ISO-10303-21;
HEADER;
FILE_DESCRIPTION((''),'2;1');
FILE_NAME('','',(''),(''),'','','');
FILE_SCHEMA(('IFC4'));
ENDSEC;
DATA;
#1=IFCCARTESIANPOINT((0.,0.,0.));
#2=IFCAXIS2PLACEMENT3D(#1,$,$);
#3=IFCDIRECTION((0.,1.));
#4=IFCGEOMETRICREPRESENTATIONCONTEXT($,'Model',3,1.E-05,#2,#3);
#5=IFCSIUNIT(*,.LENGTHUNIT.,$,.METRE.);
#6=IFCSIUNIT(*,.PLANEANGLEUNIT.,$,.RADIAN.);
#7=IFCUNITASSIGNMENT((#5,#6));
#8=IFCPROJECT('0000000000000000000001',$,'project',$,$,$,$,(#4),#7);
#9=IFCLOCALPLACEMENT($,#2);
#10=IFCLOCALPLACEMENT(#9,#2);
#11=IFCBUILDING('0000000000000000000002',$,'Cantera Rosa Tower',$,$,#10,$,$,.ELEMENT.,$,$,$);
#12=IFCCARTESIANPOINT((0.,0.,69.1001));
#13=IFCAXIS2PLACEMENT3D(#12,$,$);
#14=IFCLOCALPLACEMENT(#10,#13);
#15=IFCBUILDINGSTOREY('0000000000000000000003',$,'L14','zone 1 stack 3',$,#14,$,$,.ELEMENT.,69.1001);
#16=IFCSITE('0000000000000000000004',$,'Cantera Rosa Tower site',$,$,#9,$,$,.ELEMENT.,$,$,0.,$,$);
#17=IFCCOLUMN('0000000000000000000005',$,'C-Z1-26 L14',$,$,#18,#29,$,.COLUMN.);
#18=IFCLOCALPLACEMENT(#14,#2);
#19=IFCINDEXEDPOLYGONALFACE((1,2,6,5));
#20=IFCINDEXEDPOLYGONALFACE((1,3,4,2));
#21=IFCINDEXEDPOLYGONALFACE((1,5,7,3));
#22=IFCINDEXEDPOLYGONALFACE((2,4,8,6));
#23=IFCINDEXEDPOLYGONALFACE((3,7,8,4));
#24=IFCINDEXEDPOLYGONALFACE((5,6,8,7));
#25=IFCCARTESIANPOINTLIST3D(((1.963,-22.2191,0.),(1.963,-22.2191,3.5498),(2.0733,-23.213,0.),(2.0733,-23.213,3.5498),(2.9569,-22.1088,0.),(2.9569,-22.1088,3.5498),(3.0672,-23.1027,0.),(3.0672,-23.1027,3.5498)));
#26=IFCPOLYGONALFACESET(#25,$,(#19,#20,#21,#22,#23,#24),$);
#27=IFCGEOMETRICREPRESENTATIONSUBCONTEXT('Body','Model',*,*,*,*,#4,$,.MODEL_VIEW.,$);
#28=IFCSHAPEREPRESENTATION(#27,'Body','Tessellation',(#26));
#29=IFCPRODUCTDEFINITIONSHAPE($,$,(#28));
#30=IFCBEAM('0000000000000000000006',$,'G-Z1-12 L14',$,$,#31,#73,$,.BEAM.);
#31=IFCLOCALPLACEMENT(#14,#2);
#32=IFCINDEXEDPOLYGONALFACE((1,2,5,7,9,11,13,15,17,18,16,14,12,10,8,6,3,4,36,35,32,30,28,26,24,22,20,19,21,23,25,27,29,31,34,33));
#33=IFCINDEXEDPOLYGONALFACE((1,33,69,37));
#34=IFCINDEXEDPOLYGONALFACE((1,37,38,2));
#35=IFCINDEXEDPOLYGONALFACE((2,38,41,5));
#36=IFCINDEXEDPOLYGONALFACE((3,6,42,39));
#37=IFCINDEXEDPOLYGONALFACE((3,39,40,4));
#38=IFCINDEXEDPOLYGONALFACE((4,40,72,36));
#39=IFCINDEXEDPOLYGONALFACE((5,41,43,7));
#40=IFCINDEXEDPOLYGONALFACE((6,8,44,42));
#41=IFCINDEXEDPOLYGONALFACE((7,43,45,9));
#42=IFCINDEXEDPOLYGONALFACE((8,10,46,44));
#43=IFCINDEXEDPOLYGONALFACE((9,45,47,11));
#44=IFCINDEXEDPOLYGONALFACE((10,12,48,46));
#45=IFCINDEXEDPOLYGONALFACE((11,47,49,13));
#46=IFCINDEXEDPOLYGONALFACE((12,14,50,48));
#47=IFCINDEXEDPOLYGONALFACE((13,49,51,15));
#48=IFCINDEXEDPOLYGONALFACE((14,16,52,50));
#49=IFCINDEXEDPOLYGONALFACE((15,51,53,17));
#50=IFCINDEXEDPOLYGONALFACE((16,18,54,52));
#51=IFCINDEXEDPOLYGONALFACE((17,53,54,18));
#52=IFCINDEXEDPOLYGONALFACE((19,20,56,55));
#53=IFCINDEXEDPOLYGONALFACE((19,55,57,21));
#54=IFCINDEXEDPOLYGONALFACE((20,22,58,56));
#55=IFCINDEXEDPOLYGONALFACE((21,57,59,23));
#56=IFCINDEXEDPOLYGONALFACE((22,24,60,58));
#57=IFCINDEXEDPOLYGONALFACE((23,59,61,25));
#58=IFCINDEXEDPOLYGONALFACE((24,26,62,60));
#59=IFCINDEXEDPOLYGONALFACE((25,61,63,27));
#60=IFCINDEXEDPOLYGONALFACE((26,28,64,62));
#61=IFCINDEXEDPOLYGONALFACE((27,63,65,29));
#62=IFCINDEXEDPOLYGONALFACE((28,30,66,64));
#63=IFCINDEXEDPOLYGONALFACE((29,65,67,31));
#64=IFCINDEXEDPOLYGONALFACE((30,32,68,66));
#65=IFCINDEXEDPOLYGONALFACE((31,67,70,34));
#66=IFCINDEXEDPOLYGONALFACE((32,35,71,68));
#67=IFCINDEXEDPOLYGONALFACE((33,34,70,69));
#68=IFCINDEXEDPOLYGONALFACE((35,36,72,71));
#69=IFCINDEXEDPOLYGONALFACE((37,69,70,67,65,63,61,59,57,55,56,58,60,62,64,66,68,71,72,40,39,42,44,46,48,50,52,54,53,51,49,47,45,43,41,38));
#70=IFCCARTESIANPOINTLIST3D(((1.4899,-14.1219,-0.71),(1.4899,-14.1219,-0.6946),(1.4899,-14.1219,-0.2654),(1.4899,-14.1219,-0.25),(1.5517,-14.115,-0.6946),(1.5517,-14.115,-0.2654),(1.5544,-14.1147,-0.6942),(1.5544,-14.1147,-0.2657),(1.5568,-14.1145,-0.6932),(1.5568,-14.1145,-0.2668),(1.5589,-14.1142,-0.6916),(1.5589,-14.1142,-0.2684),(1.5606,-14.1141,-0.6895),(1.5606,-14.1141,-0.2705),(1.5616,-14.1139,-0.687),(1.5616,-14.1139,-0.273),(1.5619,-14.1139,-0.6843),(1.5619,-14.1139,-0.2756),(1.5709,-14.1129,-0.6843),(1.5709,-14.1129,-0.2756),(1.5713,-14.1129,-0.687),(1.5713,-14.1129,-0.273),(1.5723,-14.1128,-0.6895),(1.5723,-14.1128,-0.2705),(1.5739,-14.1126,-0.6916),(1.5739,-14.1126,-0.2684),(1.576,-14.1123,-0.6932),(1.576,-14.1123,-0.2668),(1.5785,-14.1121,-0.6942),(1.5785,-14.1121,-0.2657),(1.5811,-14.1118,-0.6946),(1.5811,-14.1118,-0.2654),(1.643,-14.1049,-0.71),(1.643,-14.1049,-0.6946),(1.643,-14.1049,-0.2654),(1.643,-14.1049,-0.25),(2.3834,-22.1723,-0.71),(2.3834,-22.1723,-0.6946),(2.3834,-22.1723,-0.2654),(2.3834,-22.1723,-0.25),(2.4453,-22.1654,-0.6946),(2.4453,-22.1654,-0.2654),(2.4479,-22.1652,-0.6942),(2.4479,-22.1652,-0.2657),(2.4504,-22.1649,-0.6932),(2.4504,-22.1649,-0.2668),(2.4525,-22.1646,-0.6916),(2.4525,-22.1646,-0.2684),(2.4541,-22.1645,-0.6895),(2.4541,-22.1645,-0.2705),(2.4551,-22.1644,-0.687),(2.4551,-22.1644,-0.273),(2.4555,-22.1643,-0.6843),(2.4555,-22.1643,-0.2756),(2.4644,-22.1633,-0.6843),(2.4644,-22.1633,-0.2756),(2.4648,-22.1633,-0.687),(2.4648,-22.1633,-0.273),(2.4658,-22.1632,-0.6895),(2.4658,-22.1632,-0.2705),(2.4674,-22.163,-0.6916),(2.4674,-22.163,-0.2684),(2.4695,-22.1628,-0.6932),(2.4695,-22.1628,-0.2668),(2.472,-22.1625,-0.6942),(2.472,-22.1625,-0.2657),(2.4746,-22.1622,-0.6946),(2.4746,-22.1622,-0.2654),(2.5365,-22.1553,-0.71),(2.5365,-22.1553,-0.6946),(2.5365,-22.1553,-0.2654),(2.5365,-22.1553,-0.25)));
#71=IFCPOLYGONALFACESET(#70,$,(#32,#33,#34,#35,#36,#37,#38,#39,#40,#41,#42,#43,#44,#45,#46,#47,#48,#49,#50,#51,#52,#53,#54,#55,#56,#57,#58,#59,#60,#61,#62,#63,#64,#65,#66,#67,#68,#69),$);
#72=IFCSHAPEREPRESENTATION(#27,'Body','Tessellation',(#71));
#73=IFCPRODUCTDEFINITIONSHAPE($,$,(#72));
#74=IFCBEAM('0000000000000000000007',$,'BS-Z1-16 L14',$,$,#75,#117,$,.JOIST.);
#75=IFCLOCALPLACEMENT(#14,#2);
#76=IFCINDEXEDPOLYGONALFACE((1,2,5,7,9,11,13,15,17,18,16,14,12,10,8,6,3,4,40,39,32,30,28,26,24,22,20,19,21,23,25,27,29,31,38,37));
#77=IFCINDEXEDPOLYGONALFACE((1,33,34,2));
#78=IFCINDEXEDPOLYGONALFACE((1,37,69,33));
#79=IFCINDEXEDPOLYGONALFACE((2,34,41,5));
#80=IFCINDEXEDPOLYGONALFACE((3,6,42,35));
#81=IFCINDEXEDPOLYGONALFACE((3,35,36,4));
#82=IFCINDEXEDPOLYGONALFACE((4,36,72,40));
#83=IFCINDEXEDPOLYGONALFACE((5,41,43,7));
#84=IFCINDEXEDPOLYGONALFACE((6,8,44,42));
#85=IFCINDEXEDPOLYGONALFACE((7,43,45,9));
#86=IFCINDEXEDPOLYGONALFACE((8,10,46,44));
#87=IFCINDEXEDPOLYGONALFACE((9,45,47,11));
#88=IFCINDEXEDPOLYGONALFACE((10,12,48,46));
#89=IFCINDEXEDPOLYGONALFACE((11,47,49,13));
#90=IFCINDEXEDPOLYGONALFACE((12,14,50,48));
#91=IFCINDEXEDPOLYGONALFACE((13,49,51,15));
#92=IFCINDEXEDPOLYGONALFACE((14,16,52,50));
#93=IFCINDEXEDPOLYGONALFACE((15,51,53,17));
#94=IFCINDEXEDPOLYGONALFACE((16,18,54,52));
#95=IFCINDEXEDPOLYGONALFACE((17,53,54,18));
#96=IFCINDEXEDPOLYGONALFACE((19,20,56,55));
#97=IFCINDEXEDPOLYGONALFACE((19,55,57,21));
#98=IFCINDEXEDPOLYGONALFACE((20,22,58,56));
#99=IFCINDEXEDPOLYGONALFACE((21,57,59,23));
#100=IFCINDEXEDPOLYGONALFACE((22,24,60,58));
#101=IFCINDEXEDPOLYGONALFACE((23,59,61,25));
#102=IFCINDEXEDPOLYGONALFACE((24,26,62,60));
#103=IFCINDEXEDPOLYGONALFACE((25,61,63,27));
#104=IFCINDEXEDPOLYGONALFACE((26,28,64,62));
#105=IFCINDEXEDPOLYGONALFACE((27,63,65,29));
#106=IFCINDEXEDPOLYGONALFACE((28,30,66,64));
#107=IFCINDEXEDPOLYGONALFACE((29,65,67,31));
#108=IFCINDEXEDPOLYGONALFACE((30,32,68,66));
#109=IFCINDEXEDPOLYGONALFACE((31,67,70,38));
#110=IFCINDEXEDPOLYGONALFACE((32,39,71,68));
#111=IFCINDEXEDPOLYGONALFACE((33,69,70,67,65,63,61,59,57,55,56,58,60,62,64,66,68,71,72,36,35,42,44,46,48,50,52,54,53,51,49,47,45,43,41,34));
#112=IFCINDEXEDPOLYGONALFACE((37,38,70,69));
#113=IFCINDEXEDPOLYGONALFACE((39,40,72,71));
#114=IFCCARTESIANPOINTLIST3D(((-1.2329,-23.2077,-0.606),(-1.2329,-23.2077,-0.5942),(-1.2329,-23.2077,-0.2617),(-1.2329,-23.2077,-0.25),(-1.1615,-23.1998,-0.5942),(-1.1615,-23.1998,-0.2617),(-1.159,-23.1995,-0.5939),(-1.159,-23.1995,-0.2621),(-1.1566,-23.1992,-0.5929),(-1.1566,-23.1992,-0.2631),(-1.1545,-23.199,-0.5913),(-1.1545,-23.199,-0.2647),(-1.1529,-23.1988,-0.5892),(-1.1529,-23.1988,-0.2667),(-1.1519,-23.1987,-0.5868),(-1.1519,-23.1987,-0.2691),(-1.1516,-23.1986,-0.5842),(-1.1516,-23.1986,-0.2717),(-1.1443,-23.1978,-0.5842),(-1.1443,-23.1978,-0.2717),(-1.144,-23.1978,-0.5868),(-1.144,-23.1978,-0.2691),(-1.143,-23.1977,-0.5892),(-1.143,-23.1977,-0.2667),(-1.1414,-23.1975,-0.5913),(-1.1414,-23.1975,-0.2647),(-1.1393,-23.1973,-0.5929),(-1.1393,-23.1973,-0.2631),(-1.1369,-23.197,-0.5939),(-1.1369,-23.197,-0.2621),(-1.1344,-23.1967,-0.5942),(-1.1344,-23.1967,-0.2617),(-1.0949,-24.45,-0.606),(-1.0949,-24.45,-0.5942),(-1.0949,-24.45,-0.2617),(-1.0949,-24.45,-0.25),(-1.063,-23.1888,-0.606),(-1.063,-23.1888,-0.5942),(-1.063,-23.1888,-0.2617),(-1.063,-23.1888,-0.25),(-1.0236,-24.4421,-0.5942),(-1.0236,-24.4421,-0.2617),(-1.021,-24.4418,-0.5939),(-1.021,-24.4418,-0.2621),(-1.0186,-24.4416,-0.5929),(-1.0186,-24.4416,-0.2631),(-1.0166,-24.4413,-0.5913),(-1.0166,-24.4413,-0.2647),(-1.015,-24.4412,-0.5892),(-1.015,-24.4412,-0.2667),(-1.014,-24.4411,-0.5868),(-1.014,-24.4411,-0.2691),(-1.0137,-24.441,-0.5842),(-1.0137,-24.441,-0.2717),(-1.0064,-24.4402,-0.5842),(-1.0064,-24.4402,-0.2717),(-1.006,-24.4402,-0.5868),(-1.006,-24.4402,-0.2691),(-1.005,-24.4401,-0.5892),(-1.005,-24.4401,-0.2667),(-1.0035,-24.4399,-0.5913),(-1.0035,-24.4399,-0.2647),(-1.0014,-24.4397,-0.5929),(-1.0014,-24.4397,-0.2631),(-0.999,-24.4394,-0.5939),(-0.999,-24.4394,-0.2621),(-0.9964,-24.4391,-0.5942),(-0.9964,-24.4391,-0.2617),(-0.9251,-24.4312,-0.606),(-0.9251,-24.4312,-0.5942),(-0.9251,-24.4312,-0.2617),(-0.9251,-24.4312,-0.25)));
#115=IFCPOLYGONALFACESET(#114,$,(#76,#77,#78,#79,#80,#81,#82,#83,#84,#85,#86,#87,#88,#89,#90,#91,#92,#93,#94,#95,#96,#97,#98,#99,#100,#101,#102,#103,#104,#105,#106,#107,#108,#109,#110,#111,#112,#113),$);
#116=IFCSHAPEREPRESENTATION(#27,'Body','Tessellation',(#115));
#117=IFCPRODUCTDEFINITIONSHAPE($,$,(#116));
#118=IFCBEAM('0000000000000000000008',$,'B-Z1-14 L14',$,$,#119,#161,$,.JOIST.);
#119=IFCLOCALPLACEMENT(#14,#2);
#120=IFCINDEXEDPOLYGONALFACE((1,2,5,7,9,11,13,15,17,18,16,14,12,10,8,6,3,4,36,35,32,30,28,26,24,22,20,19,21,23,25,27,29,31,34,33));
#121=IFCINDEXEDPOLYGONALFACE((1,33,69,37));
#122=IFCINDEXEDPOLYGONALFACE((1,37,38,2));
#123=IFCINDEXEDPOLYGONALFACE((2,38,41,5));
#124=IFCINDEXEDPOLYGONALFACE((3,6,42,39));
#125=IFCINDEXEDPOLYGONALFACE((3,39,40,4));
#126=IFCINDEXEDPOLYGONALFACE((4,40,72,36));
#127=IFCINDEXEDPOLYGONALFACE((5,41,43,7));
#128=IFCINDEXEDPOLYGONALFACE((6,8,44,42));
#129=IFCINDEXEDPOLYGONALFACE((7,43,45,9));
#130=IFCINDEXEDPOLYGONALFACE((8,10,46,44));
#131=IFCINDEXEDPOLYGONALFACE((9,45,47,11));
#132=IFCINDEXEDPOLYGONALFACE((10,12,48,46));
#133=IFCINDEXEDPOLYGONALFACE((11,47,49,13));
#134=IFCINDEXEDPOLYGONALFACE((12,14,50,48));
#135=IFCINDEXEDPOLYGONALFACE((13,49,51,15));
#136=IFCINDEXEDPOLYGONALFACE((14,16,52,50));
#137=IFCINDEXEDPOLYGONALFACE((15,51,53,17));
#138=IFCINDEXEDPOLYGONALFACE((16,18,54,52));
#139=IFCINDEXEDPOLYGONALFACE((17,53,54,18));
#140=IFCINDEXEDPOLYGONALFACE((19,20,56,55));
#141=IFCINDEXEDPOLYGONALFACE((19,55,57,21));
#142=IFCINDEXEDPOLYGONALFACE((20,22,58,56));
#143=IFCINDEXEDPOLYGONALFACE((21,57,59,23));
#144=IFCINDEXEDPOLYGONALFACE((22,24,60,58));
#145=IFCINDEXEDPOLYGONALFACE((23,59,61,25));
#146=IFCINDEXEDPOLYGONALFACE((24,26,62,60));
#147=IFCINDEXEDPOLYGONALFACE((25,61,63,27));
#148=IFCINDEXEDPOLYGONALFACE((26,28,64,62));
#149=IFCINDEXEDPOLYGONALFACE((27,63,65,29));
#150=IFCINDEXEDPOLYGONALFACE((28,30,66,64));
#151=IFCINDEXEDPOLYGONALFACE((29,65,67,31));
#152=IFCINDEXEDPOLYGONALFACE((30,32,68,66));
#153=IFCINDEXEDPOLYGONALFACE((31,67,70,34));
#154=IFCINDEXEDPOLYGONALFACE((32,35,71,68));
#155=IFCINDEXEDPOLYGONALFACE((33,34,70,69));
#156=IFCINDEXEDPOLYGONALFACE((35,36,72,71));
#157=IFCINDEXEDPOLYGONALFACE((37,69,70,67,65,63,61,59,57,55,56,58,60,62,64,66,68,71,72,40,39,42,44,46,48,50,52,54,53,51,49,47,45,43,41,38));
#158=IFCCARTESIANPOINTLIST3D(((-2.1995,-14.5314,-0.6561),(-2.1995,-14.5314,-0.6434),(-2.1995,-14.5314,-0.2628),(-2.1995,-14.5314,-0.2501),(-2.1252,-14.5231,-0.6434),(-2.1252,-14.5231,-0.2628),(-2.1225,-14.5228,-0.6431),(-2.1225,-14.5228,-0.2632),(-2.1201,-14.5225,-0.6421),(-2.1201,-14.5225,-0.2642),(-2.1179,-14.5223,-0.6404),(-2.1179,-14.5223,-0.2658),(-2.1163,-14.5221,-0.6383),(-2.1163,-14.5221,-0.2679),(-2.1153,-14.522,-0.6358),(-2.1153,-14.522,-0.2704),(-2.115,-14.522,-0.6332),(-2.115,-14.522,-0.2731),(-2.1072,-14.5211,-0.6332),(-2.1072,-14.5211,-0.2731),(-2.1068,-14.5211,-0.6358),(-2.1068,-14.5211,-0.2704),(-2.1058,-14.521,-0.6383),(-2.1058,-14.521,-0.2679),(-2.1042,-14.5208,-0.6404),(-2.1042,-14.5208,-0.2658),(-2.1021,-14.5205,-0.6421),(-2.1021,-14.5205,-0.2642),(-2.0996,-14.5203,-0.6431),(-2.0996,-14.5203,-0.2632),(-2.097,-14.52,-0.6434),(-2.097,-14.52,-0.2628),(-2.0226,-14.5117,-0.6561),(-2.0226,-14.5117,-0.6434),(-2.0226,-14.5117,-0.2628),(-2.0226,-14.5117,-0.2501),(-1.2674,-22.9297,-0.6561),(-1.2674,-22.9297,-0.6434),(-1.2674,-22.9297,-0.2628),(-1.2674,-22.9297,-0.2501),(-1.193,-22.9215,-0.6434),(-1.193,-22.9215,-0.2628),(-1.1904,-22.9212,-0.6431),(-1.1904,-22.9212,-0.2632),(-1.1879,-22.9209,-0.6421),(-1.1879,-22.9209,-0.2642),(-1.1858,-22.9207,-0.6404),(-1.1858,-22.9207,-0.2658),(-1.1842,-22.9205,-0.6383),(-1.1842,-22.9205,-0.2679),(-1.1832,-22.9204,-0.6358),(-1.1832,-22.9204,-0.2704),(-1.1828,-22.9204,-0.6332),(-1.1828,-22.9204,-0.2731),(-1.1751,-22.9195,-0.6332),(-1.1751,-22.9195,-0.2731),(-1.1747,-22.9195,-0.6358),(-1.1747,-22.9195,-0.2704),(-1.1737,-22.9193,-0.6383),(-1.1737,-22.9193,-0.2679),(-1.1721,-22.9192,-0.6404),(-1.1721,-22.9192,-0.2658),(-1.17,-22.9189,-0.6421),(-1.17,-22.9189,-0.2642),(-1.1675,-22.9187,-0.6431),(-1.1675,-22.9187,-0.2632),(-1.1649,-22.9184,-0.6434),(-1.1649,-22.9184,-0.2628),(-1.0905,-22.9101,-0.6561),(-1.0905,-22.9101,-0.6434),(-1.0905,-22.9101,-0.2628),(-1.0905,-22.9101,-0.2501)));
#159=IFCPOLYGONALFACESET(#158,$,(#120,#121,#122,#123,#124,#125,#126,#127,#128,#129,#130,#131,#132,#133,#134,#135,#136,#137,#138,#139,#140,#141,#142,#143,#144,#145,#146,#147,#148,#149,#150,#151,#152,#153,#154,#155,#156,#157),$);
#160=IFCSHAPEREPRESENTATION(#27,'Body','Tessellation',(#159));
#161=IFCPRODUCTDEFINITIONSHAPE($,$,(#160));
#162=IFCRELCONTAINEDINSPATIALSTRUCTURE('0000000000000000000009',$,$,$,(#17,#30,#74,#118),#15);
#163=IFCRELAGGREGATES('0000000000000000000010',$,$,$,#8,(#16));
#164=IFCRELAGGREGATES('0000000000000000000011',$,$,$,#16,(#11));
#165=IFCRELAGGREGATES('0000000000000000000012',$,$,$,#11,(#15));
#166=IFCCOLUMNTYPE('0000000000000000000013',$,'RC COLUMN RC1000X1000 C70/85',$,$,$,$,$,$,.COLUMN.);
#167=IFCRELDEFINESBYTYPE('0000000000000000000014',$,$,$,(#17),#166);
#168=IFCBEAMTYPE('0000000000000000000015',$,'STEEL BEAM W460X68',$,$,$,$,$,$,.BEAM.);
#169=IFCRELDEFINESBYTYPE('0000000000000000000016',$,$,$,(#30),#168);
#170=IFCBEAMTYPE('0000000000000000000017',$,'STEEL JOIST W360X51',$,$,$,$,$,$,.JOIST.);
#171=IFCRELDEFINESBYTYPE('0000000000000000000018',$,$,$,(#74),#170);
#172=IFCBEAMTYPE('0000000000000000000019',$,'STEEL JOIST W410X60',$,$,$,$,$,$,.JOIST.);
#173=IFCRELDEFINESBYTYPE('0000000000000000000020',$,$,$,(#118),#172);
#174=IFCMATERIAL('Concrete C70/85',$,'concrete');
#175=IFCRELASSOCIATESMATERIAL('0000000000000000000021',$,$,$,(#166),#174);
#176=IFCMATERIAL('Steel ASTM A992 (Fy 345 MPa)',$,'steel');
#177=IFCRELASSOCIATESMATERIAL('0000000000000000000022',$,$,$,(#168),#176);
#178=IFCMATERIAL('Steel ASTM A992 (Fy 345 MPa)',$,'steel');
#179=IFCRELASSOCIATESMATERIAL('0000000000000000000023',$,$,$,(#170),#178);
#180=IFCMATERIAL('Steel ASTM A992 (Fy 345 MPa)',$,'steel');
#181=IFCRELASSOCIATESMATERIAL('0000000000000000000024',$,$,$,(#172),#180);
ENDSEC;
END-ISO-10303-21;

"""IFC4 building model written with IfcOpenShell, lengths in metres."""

from ifc_helpers import new_model, si_unit, direction, frame, origin, origin_2d, place, context, subcontext, project, spatial, rectangle, i_section, extrude, material, material_profile, profile_set, type_object, element, save


model = new_model("IFC4")

# Units and contexts
model_context = context("Model", 3, precision=1e-05, world=origin(), true_north=direction((0.0, 1.0)))
body_context = subcontext(model_context, "Body", "Model", "MODEL_VIEW")
ifc_project = project(units=[si_unit("LENGTHUNIT", "METRE"), si_unit("PLANEANGLEUNIT", "RADIAN")], contexts=[model_context])

# Site, building, storey
site_placement = place(None, origin())
site = spatial("IfcSite", under=ifc_project, at=site_placement, Name="Cantera Rosa Tower site", CompositionType="ELEMENT", RefElevation=0.0)
building_placement = place(site_placement, origin())
building = spatial("IfcBuilding", under=site, at=building_placement, Name="Cantera Rosa Tower", CompositionType="ELEMENT")
storey_placement = place(building_placement, frame((0.0, 0.0, 69.1001)))
storey = spatial("IfcBuildingStorey", under=building, at=storey_placement, Name="L14", Description="zone 1 stack 3", CompositionType="ELEMENT", Elevation=69.1001)

# Column
ifc_material_1 = material(Name="Concrete C70/85", Category="concrete")
ifc_material_profile_1 = material_profile(ifc_material_1, rectangle(XDim=1.0, YDim=1.0, at=origin_2d()), Name="RC COLUMN RC1000X1000 C70/85")
ifc_profile_set_1 = profile_set([ifc_material_profile_1], Name="Concrete C70/85")
column_type = type_object("IfcColumnType", Name="RC COLUMN RC1000X1000 C70/85", PredefinedType="COLUMN", material=ifc_profile_set_1)
column_placement = place(storey_placement, frame((2.5151, -22.6609, 0.0), z_axis=(0.0, 0.0, 1.0), x_axis=(0.993897, 0.110313, 0.0)))
element("IfcColumn", 1, at=column_placement, inside=storey, type_object=column_type, Name="C-Z1-26 L14", PredefinedType="COLUMN", context=body_context, shape_type="SweptSolid", body=[
    extrude(rectangle(XDim=1.0, YDim=1.0, at=origin_2d()), origin(), (0.0, 0.0, 1.0), 3.5498),
])

# Beams
ifc_material_2 = material(Name="Steel ASTM A992 (Fy 345 MPa)", Category="steel")
ifc_material_profile_2 = material_profile(ifc_material_2, i_section(OverallWidth=0.1541, OverallDepth=0.46, WebThickness=0.009, FlangeThickness=0.0154, FilletRadius=0.0103, at=origin_2d()), Name="W460X68")
ifc_profile_set_2 = profile_set([ifc_material_profile_2], Name="Steel ASTM A992 (Fy 345 MPa)")
beam_type_1 = type_object("IfcBeamType", Name="STEEL BEAM W460X68", PredefinedType="BEAM", material=ifc_profile_set_2)
beam_1_placement = place(storey_placement, frame((2.46, -22.1638, -0.48), z_axis=(-0.110316, 0.993897, 0.0), x_axis=(-0.993897, -0.110316, 0.0)))
element("IfcBeam", 2, at=beam_1_placement, inside=storey, type_object=beam_type_1, Name="G-Z1-12 L14", PredefinedType="BEAM", context=body_context, shape_type="SweptSolid", body=[
    extrude(i_section(OverallWidth=0.1541, OverallDepth=0.46, WebThickness=0.009, FlangeThickness=0.0154, FilletRadius=0.0103, at=origin_2d()), origin(), (0.0, 0.0, 1.0), 8.0999),
])
ifc_material_3 = material(Name="Steel ASTM A992 (Fy 345 MPa)", Category="steel")
ifc_material_profile_3 = material_profile(ifc_material_3, i_section(OverallWidth=0.1709, OverallDepth=0.356, WebThickness=0.0073, FlangeThickness=0.0117, FilletRadius=0.01, at=origin_2d()), Name="W360X51")
ifc_profile_set_3 = profile_set([ifc_material_profile_3], Name="Steel ASTM A992 (Fy 345 MPa)")
beam_type_2 = type_object("IfcBeamType", Name="STEEL JOIST W360X51", PredefinedType="JOIST", material=ifc_profile_set_3)
beam_2_placement = place(storey_placement, frame((-1.1479, -23.1982, -0.428), z_axis=(0.110346, -0.993893, 0.0), x_axis=(0.993893, 0.110346, 0.0)))
element("IfcBeam", 3, at=beam_2_placement, inside=storey, type_object=beam_type_2, Name="BS-Z1-16 L14", PredefinedType="JOIST", context=body_context, shape_type="SweptSolid", body=[
    extrude(i_section(OverallWidth=0.1709, OverallDepth=0.356, WebThickness=0.0073, FlangeThickness=0.0117, FilletRadius=0.01, at=origin_2d()), origin(), (0.0, 0.0, 1.0), 1.25),
])
ifc_material_4 = material(Name="Steel ASTM A992 (Fy 345 MPa)", Category="steel")
ifc_material_profile_4 = material_profile(ifc_material_4, i_section(OverallWidth=0.178, OverallDepth=0.406, WebThickness=0.0078, FlangeThickness=0.0127, FilletRadius=0.0103, at=origin_2d()), Name="W410X60")
ifc_profile_set_4 = profile_set([ifc_material_profile_4], Name="Steel ASTM A992 (Fy 345 MPa)")
beam_type_3 = type_object("IfcBeamType", Name="STEEL JOIST W410X60", PredefinedType="JOIST", material=ifc_profile_set_4)
beam_3_placement = place(storey_placement, frame((-1.179, -22.9199, -0.4531), z_axis=(-0.110311, 0.993897, 0.0), x_axis=(-0.993897, -0.110311, 0.0)))
element("IfcBeam", 4, at=beam_3_placement, inside=storey, type_object=beam_type_3, Name="B-Z1-14 L14", PredefinedType="JOIST", context=body_context, shape_type="SweptSolid", body=[
    extrude(i_section(OverallWidth=0.178, OverallDepth=0.406, WebThickness=0.0078, FlangeThickness=0.0127, FilletRadius=0.0103, at=origin_2d()), origin(), (0.0, 0.0, 1.0), 8.45),
])

save(model, "model.ifc")
